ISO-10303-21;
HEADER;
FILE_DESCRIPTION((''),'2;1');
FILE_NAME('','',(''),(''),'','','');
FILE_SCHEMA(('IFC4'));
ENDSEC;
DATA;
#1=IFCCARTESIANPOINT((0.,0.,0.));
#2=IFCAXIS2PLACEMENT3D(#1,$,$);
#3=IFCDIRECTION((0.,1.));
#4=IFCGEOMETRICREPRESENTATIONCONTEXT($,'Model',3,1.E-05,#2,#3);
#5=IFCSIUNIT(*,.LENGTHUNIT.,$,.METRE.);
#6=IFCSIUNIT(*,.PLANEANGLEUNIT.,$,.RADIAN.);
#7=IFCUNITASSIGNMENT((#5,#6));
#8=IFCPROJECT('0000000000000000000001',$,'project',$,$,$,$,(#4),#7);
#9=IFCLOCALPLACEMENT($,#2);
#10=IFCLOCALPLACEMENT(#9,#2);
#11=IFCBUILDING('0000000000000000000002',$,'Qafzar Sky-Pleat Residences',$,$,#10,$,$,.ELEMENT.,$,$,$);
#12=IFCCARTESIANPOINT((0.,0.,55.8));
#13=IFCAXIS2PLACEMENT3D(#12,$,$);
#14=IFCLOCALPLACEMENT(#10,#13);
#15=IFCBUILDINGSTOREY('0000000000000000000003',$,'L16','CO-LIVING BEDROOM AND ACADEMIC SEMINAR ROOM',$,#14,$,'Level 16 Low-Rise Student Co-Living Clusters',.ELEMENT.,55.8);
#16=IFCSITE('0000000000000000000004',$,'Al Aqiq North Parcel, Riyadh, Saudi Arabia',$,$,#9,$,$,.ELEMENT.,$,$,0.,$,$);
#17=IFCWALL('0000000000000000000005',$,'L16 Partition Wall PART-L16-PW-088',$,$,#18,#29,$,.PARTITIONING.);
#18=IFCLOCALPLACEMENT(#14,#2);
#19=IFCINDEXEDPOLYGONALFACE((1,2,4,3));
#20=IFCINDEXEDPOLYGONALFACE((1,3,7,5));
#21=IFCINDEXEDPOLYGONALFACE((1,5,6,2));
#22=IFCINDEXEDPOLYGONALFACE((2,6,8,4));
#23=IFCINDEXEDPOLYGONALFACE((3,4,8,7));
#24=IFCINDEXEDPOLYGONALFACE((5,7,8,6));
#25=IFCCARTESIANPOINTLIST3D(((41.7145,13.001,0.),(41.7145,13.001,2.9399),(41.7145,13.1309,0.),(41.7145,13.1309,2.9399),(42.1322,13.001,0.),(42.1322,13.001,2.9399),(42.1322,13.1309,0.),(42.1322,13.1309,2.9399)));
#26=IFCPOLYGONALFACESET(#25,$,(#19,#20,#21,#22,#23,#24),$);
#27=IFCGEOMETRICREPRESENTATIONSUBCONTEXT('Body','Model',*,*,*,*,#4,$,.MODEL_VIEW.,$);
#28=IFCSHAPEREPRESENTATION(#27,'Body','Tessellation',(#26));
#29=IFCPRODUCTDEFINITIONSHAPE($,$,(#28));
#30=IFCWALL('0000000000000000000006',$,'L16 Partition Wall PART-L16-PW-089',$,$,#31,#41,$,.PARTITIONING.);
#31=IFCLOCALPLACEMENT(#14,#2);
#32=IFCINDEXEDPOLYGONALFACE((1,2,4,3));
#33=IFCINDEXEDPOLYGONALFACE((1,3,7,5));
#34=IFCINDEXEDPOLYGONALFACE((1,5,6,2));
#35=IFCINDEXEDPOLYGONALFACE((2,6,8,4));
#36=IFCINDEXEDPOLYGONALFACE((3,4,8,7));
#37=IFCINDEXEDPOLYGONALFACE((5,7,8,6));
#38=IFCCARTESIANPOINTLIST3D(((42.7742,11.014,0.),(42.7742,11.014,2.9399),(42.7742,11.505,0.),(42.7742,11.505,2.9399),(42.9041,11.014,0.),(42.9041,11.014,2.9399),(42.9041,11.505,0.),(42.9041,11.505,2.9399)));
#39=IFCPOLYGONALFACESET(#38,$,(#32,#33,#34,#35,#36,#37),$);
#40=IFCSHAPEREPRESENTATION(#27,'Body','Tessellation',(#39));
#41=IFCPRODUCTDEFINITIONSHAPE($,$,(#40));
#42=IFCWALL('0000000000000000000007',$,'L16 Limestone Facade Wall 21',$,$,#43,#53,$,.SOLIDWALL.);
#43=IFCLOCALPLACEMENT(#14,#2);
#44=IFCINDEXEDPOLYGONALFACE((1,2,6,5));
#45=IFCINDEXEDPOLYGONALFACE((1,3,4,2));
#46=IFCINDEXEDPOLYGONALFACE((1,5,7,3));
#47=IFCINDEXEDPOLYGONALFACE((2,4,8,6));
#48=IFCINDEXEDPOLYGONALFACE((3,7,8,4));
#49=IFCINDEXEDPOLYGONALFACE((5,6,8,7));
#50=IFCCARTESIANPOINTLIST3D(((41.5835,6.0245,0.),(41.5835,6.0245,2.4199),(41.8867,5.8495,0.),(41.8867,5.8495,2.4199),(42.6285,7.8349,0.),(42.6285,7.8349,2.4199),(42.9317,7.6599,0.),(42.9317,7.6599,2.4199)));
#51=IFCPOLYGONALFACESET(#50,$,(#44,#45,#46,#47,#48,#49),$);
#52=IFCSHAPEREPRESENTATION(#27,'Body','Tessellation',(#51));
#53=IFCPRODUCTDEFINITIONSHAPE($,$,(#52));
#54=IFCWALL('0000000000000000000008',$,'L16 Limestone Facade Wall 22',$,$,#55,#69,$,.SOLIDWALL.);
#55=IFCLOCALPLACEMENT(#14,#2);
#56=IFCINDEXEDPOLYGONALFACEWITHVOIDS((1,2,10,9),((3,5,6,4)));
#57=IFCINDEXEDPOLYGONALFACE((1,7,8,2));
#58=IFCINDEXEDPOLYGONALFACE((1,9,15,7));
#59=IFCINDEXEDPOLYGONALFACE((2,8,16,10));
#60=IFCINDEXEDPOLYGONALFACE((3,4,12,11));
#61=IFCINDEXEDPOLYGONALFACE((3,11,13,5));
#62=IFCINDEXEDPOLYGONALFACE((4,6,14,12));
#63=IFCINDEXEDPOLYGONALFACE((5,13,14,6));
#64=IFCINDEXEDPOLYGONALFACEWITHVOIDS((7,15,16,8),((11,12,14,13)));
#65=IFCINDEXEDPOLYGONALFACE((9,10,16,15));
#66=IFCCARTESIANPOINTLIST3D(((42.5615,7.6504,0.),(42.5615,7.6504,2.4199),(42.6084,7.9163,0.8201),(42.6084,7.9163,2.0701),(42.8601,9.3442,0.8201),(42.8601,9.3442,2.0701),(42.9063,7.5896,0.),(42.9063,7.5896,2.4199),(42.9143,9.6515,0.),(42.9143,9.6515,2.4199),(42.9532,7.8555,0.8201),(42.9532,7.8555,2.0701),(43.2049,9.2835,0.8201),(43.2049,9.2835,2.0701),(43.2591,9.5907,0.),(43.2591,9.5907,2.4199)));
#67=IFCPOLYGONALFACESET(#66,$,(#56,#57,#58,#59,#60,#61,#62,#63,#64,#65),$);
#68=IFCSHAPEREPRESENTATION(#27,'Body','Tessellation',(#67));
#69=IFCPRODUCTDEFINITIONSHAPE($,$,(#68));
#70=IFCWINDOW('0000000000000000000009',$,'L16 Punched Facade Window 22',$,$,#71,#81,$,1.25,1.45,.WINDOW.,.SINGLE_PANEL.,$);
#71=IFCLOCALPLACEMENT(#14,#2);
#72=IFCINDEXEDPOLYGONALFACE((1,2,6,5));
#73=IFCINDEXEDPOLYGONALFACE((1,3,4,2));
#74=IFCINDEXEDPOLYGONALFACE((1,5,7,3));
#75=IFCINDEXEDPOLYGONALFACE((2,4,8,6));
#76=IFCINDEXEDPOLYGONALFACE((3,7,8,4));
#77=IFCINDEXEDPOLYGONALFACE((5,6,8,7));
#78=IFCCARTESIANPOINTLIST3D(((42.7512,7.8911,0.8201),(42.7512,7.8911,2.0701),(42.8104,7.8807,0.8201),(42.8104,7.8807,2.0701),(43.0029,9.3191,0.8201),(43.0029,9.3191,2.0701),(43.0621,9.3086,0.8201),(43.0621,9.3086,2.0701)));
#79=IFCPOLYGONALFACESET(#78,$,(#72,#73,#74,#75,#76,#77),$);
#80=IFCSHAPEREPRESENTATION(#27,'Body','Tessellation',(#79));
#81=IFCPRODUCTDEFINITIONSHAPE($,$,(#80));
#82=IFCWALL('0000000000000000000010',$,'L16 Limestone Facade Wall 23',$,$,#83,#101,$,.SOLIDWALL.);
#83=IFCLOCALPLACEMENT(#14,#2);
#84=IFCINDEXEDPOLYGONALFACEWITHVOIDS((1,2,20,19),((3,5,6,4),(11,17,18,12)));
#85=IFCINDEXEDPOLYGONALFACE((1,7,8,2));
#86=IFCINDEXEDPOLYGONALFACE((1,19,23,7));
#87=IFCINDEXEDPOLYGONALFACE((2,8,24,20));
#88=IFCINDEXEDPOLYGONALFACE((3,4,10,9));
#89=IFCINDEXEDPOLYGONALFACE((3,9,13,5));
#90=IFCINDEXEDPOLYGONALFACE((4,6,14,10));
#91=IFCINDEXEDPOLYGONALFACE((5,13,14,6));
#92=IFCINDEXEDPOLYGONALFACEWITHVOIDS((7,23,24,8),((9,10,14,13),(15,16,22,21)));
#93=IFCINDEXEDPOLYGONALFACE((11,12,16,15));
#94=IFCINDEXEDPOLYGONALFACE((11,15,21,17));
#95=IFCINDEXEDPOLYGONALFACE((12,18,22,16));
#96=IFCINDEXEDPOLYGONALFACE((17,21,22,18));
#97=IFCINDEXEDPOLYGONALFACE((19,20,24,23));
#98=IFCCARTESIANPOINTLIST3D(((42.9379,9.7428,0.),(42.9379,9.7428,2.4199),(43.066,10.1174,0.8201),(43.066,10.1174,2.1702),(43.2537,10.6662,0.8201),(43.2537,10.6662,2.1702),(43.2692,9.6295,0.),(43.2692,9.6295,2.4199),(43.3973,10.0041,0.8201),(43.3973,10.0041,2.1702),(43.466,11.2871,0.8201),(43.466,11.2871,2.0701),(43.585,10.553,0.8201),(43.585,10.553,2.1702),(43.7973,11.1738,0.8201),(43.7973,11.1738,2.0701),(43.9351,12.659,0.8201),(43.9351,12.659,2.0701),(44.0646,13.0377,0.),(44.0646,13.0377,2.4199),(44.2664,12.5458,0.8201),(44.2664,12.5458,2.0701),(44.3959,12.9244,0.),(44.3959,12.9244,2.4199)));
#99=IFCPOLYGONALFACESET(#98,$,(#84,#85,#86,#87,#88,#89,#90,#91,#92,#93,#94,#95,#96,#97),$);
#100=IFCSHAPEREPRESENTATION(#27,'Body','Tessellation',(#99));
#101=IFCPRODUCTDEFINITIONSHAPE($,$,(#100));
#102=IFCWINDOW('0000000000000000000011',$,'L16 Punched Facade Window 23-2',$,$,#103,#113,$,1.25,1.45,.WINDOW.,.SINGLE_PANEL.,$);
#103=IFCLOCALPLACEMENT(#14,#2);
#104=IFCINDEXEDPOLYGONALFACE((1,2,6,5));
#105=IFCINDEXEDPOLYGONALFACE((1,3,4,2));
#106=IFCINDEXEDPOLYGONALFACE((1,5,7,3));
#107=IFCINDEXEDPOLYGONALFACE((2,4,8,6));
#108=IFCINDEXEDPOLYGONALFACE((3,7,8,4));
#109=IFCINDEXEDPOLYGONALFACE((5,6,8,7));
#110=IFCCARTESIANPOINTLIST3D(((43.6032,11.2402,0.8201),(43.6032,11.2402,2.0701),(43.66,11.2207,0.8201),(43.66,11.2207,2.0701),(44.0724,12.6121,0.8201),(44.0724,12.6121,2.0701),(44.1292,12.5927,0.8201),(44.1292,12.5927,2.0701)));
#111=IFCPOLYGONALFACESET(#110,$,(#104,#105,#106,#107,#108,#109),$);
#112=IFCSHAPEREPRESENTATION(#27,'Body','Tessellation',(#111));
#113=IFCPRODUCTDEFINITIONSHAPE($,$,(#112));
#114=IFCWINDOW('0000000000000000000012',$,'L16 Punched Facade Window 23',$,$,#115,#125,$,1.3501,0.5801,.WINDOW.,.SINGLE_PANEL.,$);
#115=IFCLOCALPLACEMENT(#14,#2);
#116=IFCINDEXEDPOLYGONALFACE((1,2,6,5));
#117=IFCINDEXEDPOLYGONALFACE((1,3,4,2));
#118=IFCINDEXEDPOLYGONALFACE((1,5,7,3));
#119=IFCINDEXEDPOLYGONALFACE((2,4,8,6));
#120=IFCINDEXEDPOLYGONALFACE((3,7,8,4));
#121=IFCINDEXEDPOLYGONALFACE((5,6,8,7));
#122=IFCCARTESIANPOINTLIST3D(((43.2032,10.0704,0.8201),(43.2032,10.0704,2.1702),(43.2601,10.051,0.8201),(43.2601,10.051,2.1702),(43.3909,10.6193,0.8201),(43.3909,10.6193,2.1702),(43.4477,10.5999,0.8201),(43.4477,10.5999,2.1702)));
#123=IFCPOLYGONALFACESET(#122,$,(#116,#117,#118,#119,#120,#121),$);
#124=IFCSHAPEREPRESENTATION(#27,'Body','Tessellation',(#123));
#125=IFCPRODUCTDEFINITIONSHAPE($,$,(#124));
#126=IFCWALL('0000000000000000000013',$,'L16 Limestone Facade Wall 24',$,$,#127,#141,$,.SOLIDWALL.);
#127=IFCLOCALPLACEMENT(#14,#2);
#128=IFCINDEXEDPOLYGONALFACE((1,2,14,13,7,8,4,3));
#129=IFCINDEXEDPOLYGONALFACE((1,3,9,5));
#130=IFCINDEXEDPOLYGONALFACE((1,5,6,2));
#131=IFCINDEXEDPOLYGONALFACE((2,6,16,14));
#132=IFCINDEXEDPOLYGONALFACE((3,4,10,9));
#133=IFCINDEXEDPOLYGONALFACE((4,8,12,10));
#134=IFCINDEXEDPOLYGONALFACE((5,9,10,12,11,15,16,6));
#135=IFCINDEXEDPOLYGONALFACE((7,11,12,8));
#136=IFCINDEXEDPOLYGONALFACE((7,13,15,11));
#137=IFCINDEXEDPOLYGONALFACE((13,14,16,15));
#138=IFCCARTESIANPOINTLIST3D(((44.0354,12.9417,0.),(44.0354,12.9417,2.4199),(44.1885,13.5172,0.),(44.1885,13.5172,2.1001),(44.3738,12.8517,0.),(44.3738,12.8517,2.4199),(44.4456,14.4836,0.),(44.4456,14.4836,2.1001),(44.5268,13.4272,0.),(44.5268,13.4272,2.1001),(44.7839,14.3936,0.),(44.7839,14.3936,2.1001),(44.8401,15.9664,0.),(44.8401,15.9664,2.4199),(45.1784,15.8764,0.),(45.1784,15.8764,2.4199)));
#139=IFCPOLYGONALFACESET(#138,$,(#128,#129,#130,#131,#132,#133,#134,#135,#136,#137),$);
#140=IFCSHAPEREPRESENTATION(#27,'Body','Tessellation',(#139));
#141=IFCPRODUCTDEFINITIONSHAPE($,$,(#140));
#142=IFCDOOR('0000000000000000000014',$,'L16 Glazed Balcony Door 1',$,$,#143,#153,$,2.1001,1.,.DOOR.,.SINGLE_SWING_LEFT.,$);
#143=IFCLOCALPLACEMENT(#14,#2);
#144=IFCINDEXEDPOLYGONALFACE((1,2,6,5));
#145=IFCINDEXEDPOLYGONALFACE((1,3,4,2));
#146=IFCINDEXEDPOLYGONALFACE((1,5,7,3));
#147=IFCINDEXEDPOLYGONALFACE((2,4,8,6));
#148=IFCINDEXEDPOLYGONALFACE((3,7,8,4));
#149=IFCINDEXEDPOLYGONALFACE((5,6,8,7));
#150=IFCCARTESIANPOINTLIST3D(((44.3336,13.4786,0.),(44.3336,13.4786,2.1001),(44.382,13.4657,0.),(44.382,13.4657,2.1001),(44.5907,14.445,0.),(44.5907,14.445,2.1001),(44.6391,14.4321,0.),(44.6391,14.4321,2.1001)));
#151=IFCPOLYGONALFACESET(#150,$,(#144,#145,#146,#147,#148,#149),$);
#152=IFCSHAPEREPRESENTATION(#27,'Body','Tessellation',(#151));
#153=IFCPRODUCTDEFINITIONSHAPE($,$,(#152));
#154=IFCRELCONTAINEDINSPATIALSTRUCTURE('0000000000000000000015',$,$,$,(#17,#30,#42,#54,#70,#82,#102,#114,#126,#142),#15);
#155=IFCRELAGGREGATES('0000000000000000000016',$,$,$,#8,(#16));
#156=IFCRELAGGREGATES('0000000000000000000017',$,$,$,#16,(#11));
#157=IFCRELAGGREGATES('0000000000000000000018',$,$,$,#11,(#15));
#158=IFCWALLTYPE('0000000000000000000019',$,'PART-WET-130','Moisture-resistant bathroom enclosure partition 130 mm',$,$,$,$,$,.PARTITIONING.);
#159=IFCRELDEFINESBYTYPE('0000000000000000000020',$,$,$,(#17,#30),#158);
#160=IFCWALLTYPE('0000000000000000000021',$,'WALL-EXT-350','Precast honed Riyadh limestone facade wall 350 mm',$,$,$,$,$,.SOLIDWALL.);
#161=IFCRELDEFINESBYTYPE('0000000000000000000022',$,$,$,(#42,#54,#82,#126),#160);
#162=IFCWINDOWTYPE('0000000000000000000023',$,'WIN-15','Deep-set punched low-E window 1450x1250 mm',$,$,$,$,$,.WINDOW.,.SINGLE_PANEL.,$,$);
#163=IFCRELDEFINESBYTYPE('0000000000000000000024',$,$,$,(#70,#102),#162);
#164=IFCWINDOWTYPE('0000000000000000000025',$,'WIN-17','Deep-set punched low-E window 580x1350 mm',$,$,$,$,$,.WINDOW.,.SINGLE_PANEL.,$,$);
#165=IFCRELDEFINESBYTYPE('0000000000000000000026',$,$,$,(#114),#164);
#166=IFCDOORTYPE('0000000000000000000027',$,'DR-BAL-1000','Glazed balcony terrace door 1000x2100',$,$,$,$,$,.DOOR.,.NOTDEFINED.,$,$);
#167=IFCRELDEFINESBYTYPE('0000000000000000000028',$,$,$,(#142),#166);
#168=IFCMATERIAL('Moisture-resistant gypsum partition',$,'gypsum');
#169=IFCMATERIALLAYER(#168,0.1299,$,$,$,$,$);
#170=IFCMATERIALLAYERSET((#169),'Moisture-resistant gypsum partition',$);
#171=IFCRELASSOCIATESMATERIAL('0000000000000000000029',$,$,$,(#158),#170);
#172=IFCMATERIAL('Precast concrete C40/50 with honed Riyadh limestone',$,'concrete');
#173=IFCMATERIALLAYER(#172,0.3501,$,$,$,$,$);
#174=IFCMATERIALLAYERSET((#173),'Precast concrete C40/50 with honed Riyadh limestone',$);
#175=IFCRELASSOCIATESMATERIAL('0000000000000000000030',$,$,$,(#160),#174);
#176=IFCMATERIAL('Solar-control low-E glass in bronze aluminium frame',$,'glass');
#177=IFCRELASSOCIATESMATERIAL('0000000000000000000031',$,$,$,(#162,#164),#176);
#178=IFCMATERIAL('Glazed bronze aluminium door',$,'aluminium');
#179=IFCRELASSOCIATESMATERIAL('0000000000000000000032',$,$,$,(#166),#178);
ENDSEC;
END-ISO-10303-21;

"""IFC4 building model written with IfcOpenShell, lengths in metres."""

from ifc_helpers import new_model, si_unit, direction, frame, frame_2d, origin, place, context, subcontext, project, spatial, rectangle, extrude, source, transform, mapped, material, layer, layer_set, type_object, element, fill, save


model = new_model("IFC4")

# Units and contexts
model_context = context("Model", 3, precision=1e-05, world=origin(), true_north=direction((0.0, 1.0)))
body_context = subcontext(model_context, "Body", "Model", "MODEL_VIEW")
ifc_project = project(units=[si_unit("LENGTHUNIT", "METRE"), si_unit("PLANEANGLEUNIT", "RADIAN")], contexts=[model_context])

# Site, building, storey
site_placement = place(None, origin())
site = spatial("IfcSite", under=ifc_project, at=site_placement, Name="Al Aqiq North Parcel, Riyadh, Saudi Arabia", CompositionType="ELEMENT", RefElevation=0.0)
building_placement = place(site_placement, origin())
building = spatial("IfcBuilding", under=site, at=building_placement, Name="Qafzar Sky-Pleat Residences", CompositionType="ELEMENT")
storey_placement = place(building_placement, frame((0.0, 0.0, 55.8)))
storey = spatial("IfcBuildingStorey", under=building, at=storey_placement, Name="L16", Description="CO-LIVING BEDROOM AND ACADEMIC SEMINAR ROOM", LongName="Level 16 Low-Rise Student Co-Living Clusters", CompositionType="ELEMENT", Elevation=55.8)

# Shared definitions
ifc_material_1 = material(Name="Moisture-resistant gypsum partition", Category="gypsum")
ifc_layer_1 = layer(ifc_material_1, 0.1299)
ifc_layer_set_1 = layer_set([ifc_layer_1], Name="Moisture-resistant gypsum partition")
wall_type_1 = type_object("IfcWallType", Name="PART-WET-130", Description="Moisture-resistant bathroom enclosure partition 130 mm", PredefinedType="PARTITIONING", material=ifc_layer_set_1)

# Walls
wall_1_placement = place(storey_placement, frame((41.7144, 13.0659, 0.0), z_axis=(0.0, 0.0, 1.0), x_axis=(1.0, 0.0, 0.0)))
element("IfcWall", 1, at=wall_1_placement, inside=storey, type_object=wall_type_1, Name="L16 Partition Wall PART-L16-PW-088", PredefinedType="PARTITIONING", context=body_context, shape_type="SweptSolid", body=[
    extrude(rectangle(XDim=0.4177, YDim=0.1299, at=frame_2d((0.209, 0.0))), origin(), (0.0, 0.0, 1.0), 2.9399),
])
wall_2_placement = place(storey_placement, frame((42.8391, 11.0139, 0.0), z_axis=(0.0, 0.0, 1.0), x_axis=(0.0, 1.0, 0.0)))
element("IfcWall", 2, at=wall_2_placement, inside=storey, type_object=wall_type_1, Name="L16 Partition Wall PART-L16-PW-089", PredefinedType="PARTITIONING", context=body_context, shape_type="SweptSolid", body=[
    extrude(rectangle(XDim=0.491, YDim=0.1299, at=frame_2d((0.2456, 0.0))), origin(), (0.0, 0.0, 1.0), 2.9399),
])
ifc_material_2 = material(Name="Precast concrete C40/50 with honed Riyadh limestone", Category="concrete")
ifc_layer_2 = layer(ifc_material_2, 0.3501)
ifc_layer_set_2 = layer_set([ifc_layer_2], Name="Precast concrete C40/50 with honed Riyadh limestone")
wall_type_2 = type_object("IfcWallType", Name="WALL-EXT-350", Description="Precast honed Riyadh limestone facade wall 350 mm", PredefinedType="SOLIDWALL", material=ifc_layer_set_2)
wall_3_placement = place(storey_placement, frame((41.7351, 5.937, 0.0), z_axis=(0.0, 0.0, 1.0), x_axis=(0.499908, 0.866079, 0.0)))
element("IfcWall", 3, at=wall_3_placement, inside=storey, type_object=wall_type_2, Name="L16 Limestone Facade Wall 21", PredefinedType="SOLIDWALL", context=body_context, shape_type="SweptSolid", body=[
    extrude(rectangle(XDim=2.0903, YDim=0.3501, at=frame_2d((1.0452, 0.0))), origin(), (0.0, 0.0, 1.0), 2.4199),
])

# Wall, opening, window
wall_4_placement = place(storey_placement, frame((42.7339, 7.6199, 0.0), z_axis=(0.0, 0.0, 1.0), x_axis=(0.173607, 0.984815, 0.0)))
wall_4 = element("IfcWall", 4, at=wall_4_placement, inside=storey, type_object=wall_type_2, Name="L16 Limestone Facade Wall 22", PredefinedType="SOLIDWALL", context=body_context, shape_type="SweptSolid", body=[
    extrude(rectangle(XDim=2.032, YDim=0.3501, at=frame_2d((1.0161, 0.0))), origin(), (0.0, 0.0, 1.0), 2.4199),
])
opening_1_placement = place(wall_4_placement, frame((0.27, 0.0, 0.8201)))
opening_1 = element("IfcOpeningElement", 5, at=opening_1_placement, cuts=wall_4, PredefinedType="OPENING", context=body_context, shape_type="SweptSolid", body=[
    extrude(rectangle(XDim=1.45, YDim=1.25, at=frame_2d((0.7251, 0.625))), frame((0.0, 0.1851, 0.0), z_axis=(0.0, -1.0, 0.0), x_axis=(1.0, 0.0, 0.0)), (0.0, 0.0, 1.0), 0.3701),
])
ifc_material_3 = material(Name="Solar-control low-E glass in bronze aluminium frame", Category="glass")
window_type_1 = type_object("IfcWindowType", Name="WIN-15", Description="Deep-set punched low-E window 1450x1250 mm", PartitioningType="SINGLE_PANEL", PredefinedType="WINDOW", material=ifc_material_3)
shared_shape_1 = source(origin(), body_context, "Body", "SweptSolid", [
    extrude(rectangle(XDim=1.45, YDim=1.25, at=frame_2d((0.7251, 0.625))), frame((0.0, 0.03, 0.0), z_axis=(0.0, -1.0, 0.0), x_axis=(1.0, 0.0, 0.0)), (0.0, 0.0, 1.0), 0.0601),
])
window_1_placement = place(opening_1_placement, origin())
window_1 = element("IfcWindow", 6, at=window_1_placement, inside=storey, type_object=window_type_1, Name="L16 Punched Facade Window 22", OverallHeight=1.25, OverallWidth=1.45, PartitioningType="SINGLE_PANEL", PredefinedType="WINDOW", context=body_context, shape_type="MappedRepresentation", body=[
    mapped(shared_shape_1, transform((0.0, 0.0, 0.0), x_axis=(1.0, 0.0, 0.0), y_axis=(0.0, 1.0, 0.0), z_axis=(0.0, 0.0, 1.0), scale=1.0)),
])
fill(opening_1, window_1)

# Wall, openings, windows
wall_5_placement = place(storey_placement, frame((43.1035, 9.686, 0.0), z_axis=(0.0, 0.0, 1.0), x_axis=(0.323559, 0.946208, 0.0)))
wall_5 = element("IfcWall", 7, at=wall_5_placement, inside=storey, type_object=wall_type_2, Name="L16 Limestone Facade Wall 23", PredefinedType="SOLIDWALL", context=body_context, shape_type="SweptSolid", body=[
    extrude(rectangle(XDim=3.4822, YDim=0.3501, at=frame_2d((1.7412, 0.0))), origin(), (0.0, 0.0, 1.0), 2.4199),
])
opening_2_placement = place(wall_5_placement, frame((0.396, 0.0, 0.8201)))
opening_2 = element("IfcOpeningElement", 8, at=opening_2_placement, cuts=wall_5, PredefinedType="OPENING", context=body_context, shape_type="SweptSolid", body=[
    extrude(rectangle(XDim=0.5801, YDim=1.3501, at=frame_2d((0.29, 0.675))), frame((0.0, 0.1851, 0.0), z_axis=(0.0, -1.0, 0.0), x_axis=(1.0, 0.0, 0.0)), (0.0, 0.0, 1.0), 0.3701),
])
opening_3_placement = place(wall_5_placement, frame((1.6321, 0.0, 0.8201)))
opening_3 = element("IfcOpeningElement", 9, at=opening_3_placement, cuts=wall_5, PredefinedType="OPENING", context=body_context, shape_type="SweptSolid", body=[
    extrude(rectangle(XDim=1.45, YDim=1.25, at=frame_2d((0.7251, 0.625))), frame((0.0, 0.1851, 0.0), z_axis=(0.0, -1.0, 0.0), x_axis=(1.0, 0.0, 0.0)), (0.0, 0.0, 1.0), 0.3701),
])
window_2_placement = place(opening_3_placement, origin())
window_2 = element("IfcWindow", 10, at=window_2_placement, inside=storey, type_object=window_type_1, Name="L16 Punched Facade Window 23-2", OverallHeight=1.25, OverallWidth=1.45, PartitioningType="SINGLE_PANEL", PredefinedType="WINDOW", context=body_context, shape_type="MappedRepresentation", body=[
    mapped(shared_shape_1, transform((0.0, 0.0, 0.0), x_axis=(1.0, 0.0, 0.0), y_axis=(0.0, 1.0, 0.0), z_axis=(0.0, 0.0, 1.0), scale=1.0)),
])
fill(opening_3, window_2)
window_type_2 = type_object("IfcWindowType", Name="WIN-17", Description="Deep-set punched low-E window 580x1350 mm", PartitioningType="SINGLE_PANEL", PredefinedType="WINDOW", material=ifc_material_3)
shared_shape_2 = source(origin(), body_context, "Body", "SweptSolid", [
    extrude(rectangle(XDim=0.5801, YDim=1.3501, at=frame_2d((0.29, 0.675))), frame((0.0, 0.03, 0.0), z_axis=(0.0, -1.0, 0.0), x_axis=(1.0, 0.0, 0.0)), (0.0, 0.0, 1.0), 0.0601),
])
window_3_placement = place(opening_2_placement, origin())
window_3 = element("IfcWindow", 11, at=window_3_placement, inside=storey, type_object=window_type_2, Name="L16 Punched Facade Window 23", OverallHeight=1.3501, OverallWidth=0.5801, PartitioningType="SINGLE_PANEL", PredefinedType="WINDOW", context=body_context, shape_type="MappedRepresentation", body=[
    mapped(shared_shape_2, transform((0.0, 0.0, 0.0), x_axis=(1.0, 0.0, 0.0), y_axis=(0.0, 1.0, 0.0), z_axis=(0.0, 0.0, 1.0), scale=1.0)),
])
fill(opening_2, window_3)

# Wall, opening, door
wall_6_placement = place(storey_placement, frame((44.2046, 12.8967, 0.0), z_axis=(0.0, 0.0, 1.0), x_axis=(0.257099, 0.966385, 0.0)))
wall_6 = element("IfcWall", 12, at=wall_6_placement, inside=storey, type_object=wall_type_2, Name="L16 Limestone Facade Wall 24", PredefinedType="SOLIDWALL", context=body_context, shape_type="SweptSolid", body=[
    extrude(rectangle(XDim=3.1299, YDim=0.3501, at=frame_2d((1.5649, 0.0))), origin(), (0.0, 0.0, 1.0), 2.4199),
])
opening_4_placement = place(wall_6_placement, frame((0.5955, 0.0, 0.0)))
opening_4 = element("IfcOpeningElement", 13, at=opening_4_placement, cuts=wall_6, PredefinedType="OPENING", context=body_context, shape_type="SweptSolid", body=[
    extrude(rectangle(XDim=1.0, YDim=2.1001, at=frame_2d((0.5, 1.05))), frame((0.0, 0.1851, 0.0), z_axis=(0.0, -1.0, 0.0), x_axis=(1.0, 0.0, 0.0)), (0.0, 0.0, 1.0), 0.3701),
])
ifc_material_4 = material(Name="Glazed bronze aluminium door", Category="aluminium")
door_type_1 = type_object("IfcDoorType", Name="DR-BAL-1000", Description="Glazed balcony terrace door 1000x2100", OperationType="NOTDEFINED", PredefinedType="DOOR", material=ifc_material_4)
shared_shape_3 = source(origin(), body_context, "Body", "SweptSolid", [
    extrude(rectangle(XDim=1.0, YDim=2.1001, at=frame_2d((0.5, 1.05))), frame((0.0, 0.0249, 0.0), z_axis=(0.0, -1.0, 0.0), x_axis=(1.0, 0.0, 0.0)), (0.0, 0.0, 1.0), 0.05),
])
door_1_placement = place(opening_4_placement, origin())
door_1 = element("IfcDoor", 14, at=door_1_placement, inside=storey, type_object=door_type_1, Name="L16 Glazed Balcony Door 1", OperationType="SINGLE_SWING_LEFT", OverallHeight=2.1001, OverallWidth=1.0, PredefinedType="DOOR", context=body_context, shape_type="MappedRepresentation", body=[
    mapped(shared_shape_3, transform((0.0, 0.0, 0.0), x_axis=(1.0, 0.0, 0.0), y_axis=(0.0, 1.0, 0.0), z_axis=(0.0, 0.0, 1.0), scale=1.0)),
])
fill(opening_4, door_1)

save(model, "model.ifc")
